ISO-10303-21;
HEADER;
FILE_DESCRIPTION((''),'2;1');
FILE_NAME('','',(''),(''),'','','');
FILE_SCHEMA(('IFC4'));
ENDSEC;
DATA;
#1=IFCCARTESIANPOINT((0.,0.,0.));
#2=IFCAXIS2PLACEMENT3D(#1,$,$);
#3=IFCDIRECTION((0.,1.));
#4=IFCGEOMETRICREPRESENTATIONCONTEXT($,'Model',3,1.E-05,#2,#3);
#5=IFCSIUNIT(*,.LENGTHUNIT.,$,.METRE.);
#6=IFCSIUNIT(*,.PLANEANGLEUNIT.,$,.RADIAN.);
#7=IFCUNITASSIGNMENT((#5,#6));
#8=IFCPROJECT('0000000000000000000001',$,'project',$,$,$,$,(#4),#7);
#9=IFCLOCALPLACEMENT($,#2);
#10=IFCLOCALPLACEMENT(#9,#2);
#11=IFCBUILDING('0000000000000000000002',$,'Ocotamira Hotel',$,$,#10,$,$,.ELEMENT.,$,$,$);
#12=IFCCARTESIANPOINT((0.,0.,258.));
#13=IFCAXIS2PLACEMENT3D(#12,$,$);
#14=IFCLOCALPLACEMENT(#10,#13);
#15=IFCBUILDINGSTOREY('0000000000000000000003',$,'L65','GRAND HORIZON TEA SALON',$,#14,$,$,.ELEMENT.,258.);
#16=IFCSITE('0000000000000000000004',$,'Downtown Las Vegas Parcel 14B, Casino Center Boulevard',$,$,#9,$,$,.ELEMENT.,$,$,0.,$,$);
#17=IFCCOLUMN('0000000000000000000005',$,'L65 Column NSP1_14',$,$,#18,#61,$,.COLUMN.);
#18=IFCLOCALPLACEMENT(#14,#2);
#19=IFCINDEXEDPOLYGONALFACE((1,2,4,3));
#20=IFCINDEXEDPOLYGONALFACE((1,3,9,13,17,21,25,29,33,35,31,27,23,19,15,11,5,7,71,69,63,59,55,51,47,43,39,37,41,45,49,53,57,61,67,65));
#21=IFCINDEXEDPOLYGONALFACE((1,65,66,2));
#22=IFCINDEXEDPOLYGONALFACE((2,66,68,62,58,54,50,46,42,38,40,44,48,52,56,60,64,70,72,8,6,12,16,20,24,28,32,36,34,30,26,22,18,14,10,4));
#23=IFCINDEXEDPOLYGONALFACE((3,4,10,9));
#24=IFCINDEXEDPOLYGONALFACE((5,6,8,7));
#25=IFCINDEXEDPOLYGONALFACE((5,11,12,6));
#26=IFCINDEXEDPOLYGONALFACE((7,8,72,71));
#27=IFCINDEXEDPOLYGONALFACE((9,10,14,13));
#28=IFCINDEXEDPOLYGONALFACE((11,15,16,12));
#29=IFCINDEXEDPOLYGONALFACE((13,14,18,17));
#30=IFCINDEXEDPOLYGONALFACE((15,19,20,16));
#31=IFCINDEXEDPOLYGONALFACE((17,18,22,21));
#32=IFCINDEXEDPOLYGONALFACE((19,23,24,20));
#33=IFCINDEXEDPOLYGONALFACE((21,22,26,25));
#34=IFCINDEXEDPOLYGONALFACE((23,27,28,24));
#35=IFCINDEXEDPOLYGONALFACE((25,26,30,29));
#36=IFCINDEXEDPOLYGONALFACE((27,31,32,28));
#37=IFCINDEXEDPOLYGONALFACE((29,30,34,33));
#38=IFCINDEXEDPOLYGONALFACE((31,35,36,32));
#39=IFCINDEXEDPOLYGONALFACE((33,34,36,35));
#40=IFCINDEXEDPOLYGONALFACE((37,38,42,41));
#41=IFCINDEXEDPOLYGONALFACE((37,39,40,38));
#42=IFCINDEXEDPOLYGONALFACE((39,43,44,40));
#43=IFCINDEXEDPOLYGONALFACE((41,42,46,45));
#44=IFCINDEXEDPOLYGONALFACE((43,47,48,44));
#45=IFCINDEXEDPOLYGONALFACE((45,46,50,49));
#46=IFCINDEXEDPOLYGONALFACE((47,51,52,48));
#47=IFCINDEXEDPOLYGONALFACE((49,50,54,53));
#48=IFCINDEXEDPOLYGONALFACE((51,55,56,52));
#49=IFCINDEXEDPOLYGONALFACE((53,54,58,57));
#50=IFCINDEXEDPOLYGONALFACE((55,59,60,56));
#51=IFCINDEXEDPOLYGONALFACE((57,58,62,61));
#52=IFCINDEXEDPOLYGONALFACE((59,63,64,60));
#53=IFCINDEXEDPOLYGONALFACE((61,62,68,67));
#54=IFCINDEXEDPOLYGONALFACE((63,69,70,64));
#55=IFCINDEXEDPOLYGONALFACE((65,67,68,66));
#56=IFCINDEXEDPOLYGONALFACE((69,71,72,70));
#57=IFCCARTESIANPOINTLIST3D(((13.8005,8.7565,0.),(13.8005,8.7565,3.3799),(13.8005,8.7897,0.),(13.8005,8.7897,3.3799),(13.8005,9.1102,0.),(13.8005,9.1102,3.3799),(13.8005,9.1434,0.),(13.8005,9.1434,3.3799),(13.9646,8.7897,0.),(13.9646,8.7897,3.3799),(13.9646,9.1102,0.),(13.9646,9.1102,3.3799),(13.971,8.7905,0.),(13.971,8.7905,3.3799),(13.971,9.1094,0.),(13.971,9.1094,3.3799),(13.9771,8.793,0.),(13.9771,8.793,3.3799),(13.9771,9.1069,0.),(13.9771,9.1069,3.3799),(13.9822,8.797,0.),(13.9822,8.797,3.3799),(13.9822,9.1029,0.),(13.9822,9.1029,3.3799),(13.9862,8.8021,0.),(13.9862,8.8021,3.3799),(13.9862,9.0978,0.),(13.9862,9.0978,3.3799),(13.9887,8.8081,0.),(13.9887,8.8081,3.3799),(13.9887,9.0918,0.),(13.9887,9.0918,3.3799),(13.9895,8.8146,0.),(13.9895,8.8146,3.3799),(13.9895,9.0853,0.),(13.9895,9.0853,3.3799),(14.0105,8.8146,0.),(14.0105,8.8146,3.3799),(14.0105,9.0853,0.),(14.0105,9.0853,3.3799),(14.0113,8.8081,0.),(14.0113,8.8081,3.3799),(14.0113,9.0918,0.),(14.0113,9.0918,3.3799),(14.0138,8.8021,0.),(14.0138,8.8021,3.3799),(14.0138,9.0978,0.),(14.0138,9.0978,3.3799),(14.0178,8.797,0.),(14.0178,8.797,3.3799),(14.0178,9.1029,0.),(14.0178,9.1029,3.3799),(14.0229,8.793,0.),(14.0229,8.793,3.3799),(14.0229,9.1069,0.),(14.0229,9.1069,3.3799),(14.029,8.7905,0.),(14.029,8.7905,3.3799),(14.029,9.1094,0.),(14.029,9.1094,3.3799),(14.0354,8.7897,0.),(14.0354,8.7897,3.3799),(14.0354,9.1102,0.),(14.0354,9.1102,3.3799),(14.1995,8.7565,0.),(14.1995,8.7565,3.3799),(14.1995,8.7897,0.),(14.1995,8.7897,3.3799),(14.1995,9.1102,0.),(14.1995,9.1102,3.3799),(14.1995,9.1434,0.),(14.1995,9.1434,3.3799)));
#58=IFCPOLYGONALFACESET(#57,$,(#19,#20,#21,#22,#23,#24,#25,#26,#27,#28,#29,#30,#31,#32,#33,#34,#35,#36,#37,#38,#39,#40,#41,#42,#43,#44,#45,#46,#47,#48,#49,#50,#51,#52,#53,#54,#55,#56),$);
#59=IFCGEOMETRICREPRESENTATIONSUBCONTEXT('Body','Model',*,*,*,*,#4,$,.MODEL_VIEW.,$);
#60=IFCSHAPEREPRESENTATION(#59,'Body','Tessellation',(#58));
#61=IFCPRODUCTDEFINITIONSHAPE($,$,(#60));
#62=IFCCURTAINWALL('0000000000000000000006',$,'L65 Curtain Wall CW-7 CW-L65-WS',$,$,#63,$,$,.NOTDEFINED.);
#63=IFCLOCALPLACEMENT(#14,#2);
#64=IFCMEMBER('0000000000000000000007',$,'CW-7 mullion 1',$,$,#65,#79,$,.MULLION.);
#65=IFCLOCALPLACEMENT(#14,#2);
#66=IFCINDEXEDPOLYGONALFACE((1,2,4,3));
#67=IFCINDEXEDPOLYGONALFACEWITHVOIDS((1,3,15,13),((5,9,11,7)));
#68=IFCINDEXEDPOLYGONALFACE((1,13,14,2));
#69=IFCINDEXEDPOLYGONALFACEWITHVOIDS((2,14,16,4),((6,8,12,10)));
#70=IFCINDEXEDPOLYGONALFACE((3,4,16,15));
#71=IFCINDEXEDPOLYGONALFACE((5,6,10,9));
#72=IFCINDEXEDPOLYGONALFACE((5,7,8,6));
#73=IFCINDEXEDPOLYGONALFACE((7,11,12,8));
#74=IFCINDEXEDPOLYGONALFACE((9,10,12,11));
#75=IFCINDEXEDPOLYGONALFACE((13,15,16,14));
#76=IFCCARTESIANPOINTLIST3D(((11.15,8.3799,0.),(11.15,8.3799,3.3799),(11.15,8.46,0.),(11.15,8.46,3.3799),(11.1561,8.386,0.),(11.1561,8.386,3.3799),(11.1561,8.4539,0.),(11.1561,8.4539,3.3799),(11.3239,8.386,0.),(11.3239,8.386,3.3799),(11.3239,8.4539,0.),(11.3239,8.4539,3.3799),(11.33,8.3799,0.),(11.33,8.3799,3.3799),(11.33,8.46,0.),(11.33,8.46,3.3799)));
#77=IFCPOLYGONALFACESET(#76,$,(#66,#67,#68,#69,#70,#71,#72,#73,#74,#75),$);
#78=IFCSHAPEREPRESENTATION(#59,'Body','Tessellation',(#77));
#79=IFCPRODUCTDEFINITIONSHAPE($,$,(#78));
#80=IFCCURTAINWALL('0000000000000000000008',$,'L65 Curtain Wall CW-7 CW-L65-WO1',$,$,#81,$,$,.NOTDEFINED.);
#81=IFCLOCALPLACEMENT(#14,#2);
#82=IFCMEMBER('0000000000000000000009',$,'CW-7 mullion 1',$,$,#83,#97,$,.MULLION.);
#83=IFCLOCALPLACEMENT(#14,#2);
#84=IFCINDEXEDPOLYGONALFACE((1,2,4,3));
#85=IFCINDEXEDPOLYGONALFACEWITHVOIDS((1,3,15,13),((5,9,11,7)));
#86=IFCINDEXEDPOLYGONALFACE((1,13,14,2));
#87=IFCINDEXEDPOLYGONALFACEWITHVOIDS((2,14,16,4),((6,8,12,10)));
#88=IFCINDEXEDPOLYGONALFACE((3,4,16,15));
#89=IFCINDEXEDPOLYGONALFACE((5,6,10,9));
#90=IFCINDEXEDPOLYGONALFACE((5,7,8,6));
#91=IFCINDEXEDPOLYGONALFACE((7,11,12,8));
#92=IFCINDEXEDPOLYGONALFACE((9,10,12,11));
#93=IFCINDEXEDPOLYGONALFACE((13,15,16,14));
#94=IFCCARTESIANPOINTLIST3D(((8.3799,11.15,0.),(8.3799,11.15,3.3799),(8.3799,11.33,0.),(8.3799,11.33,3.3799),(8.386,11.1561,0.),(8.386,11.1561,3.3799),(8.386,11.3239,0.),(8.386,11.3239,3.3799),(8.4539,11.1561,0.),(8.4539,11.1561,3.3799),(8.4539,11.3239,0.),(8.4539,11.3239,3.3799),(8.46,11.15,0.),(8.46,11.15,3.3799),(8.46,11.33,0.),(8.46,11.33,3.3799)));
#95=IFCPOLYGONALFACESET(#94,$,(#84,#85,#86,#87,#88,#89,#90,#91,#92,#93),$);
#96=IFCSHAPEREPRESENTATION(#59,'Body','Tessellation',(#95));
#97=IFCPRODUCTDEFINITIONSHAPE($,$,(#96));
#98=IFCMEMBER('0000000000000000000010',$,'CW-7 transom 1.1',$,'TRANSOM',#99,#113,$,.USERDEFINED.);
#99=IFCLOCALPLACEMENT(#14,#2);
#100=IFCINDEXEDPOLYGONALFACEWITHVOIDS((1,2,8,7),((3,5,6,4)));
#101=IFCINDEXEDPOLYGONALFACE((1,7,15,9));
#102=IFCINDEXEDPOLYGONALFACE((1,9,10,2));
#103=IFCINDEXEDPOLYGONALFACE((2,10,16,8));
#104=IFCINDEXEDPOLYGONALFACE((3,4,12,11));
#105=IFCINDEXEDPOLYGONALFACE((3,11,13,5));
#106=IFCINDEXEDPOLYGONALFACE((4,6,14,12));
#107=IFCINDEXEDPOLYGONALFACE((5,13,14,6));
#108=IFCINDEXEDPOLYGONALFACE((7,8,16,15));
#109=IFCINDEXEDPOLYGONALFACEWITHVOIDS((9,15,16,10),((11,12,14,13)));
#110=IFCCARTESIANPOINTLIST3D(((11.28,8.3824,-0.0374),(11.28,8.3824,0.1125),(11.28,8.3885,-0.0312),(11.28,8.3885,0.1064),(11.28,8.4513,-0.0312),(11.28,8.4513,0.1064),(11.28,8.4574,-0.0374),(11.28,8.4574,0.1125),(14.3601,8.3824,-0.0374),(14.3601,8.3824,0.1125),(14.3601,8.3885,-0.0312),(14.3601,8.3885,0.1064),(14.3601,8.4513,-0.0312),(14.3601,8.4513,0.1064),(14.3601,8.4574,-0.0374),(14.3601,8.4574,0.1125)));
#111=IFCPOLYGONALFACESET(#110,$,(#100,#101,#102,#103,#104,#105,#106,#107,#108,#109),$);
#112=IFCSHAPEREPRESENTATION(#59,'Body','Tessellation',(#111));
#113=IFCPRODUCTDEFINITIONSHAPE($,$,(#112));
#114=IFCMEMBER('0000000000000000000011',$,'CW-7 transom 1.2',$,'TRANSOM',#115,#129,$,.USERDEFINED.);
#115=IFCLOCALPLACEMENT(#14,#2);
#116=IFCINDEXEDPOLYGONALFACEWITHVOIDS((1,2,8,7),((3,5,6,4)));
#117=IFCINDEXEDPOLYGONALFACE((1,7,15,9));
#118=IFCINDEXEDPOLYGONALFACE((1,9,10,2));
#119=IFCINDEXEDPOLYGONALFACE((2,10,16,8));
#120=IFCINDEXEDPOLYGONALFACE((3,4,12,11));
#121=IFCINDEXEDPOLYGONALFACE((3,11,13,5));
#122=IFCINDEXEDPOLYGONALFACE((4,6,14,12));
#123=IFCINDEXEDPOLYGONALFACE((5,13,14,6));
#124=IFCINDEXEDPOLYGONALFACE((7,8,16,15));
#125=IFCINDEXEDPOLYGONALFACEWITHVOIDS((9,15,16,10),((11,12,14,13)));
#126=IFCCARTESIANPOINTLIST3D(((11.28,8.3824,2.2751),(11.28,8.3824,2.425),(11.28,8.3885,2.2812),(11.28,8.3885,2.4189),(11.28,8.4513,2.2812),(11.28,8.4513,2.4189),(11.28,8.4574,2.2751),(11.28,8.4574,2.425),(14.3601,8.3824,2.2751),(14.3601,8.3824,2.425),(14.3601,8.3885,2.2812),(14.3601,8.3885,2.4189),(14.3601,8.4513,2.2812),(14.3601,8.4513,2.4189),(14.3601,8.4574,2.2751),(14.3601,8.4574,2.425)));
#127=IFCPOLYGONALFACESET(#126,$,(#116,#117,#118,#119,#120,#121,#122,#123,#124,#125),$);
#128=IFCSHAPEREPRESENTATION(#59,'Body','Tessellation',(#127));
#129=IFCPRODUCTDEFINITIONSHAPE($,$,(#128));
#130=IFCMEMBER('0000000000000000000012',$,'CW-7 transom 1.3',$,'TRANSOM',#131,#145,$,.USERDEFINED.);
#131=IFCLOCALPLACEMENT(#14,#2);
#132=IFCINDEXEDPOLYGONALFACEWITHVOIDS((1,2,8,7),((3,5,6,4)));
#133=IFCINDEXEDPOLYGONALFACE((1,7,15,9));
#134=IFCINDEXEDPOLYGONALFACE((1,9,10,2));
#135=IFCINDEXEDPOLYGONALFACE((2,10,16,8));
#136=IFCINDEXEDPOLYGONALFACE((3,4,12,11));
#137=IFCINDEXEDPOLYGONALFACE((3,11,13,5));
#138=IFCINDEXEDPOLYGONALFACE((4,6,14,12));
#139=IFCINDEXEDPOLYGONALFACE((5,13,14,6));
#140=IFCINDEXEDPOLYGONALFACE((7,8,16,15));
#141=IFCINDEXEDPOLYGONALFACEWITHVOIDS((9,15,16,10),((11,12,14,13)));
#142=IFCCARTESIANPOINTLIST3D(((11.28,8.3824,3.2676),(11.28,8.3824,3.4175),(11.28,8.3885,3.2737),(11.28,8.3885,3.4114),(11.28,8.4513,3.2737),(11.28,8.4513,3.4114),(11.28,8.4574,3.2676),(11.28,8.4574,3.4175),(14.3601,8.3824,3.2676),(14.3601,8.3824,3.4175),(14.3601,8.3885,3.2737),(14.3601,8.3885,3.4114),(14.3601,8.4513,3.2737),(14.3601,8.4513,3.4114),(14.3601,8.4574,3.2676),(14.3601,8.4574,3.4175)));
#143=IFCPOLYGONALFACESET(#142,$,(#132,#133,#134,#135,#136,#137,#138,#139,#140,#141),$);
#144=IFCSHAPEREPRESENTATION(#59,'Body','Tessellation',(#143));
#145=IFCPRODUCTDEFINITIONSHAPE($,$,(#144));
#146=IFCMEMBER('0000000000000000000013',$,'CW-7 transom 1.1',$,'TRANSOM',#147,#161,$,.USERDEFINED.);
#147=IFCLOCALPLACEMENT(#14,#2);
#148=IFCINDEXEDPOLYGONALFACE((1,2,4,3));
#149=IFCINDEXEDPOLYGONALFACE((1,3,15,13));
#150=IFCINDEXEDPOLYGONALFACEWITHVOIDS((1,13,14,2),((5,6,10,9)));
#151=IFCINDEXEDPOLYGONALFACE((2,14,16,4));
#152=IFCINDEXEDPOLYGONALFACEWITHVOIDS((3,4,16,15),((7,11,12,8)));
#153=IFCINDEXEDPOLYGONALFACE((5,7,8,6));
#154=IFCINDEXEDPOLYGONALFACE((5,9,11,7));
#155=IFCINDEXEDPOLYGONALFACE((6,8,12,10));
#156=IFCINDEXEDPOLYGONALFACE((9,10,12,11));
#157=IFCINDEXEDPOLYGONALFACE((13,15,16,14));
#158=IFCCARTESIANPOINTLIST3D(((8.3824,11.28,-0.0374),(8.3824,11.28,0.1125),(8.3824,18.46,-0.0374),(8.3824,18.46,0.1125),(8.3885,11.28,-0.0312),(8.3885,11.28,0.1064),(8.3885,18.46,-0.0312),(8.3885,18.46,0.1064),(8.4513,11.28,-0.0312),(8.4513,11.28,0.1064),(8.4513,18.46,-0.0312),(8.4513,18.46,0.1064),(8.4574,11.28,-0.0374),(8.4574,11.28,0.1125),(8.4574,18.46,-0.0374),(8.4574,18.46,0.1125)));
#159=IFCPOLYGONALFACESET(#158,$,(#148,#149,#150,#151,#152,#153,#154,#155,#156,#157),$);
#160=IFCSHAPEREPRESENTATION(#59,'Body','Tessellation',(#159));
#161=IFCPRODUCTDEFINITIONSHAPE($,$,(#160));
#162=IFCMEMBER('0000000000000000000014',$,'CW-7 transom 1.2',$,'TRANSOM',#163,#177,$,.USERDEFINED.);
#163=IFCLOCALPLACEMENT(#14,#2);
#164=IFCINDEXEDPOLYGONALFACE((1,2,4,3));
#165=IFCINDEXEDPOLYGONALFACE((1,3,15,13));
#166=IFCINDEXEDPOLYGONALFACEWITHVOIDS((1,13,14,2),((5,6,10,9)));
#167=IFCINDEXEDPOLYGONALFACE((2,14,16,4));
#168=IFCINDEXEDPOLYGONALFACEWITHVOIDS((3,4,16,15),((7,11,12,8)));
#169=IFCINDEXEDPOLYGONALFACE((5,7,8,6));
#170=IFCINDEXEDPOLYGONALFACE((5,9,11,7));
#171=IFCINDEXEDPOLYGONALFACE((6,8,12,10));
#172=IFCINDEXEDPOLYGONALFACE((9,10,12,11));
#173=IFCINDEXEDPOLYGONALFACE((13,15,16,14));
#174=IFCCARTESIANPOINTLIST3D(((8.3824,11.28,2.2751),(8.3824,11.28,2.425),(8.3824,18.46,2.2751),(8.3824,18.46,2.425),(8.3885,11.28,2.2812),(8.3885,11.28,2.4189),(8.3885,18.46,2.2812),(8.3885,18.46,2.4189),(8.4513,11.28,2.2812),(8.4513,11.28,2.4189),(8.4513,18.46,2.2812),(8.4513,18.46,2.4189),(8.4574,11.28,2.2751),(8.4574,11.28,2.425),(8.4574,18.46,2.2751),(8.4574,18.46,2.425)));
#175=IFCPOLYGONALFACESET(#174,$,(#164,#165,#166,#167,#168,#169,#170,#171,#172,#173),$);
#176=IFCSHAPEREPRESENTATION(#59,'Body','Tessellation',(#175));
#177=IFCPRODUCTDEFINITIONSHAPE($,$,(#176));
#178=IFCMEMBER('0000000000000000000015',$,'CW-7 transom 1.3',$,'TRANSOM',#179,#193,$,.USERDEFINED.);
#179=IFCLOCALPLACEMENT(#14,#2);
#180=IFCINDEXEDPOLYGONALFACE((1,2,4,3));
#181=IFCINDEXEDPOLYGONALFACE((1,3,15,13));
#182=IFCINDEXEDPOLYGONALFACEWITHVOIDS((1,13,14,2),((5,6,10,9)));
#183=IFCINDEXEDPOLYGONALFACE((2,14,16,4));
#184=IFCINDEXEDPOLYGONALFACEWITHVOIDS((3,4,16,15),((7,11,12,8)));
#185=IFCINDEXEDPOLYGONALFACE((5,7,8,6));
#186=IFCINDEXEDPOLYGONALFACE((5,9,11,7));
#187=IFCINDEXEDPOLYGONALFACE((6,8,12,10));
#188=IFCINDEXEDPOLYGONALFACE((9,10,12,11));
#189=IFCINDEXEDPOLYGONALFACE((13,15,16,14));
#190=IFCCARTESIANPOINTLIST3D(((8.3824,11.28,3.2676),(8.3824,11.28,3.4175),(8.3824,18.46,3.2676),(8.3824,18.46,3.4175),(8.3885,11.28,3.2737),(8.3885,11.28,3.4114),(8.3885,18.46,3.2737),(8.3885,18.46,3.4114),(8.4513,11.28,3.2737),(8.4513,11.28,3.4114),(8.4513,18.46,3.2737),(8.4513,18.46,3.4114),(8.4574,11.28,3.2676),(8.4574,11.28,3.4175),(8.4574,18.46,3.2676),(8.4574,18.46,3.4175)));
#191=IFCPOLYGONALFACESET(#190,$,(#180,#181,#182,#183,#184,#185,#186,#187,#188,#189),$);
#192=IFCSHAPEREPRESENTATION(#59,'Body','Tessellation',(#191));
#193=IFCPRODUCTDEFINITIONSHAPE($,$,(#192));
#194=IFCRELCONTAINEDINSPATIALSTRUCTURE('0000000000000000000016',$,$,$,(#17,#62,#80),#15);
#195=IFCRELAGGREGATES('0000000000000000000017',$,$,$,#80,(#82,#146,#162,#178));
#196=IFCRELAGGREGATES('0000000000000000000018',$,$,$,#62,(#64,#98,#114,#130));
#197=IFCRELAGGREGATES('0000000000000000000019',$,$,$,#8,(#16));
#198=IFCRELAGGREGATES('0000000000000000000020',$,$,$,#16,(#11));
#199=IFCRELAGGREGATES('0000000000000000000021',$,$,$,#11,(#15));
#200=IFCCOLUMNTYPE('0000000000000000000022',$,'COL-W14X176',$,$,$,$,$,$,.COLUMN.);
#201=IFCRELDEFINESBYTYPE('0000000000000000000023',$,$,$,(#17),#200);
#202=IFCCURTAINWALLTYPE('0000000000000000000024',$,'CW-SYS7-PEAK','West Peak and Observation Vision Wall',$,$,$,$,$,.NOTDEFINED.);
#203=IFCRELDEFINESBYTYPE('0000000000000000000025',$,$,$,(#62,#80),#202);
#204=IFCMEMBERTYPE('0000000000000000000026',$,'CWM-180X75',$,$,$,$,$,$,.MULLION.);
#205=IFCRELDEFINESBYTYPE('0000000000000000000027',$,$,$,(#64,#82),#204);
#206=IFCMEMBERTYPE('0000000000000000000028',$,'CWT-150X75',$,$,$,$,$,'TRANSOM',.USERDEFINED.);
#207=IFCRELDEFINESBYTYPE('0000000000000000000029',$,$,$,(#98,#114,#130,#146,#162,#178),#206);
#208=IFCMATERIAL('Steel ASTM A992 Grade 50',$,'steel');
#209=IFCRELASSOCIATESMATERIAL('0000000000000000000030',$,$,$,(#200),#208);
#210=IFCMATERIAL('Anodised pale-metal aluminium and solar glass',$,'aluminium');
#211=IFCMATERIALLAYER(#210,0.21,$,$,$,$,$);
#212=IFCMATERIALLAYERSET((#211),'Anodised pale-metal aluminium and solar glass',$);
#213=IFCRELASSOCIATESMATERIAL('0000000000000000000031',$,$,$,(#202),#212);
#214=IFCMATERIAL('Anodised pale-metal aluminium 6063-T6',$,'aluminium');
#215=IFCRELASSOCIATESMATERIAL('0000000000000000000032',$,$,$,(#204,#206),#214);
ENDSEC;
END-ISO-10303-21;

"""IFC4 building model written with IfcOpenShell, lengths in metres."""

from ifc_helpers import new_model, si_unit, direction, frame, origin, origin_2d, place, context, subcontext, project, spatial, hollow_rectangle, i_section, extrude, source, transform, mapped, material, layer, layer_set, material_profile, profile_set, type_object, element, aggregate, save


model = new_model("IFC4")

# Units and contexts
model_context = context("Model", 3, precision=1e-05, world=origin(), true_north=direction((0.0, 1.0)))
body_context = subcontext(model_context, "Body", "Model", "MODEL_VIEW")
ifc_project = project(units=[si_unit("LENGTHUNIT", "METRE"), si_unit("PLANEANGLEUNIT", "RADIAN")], contexts=[model_context])

# Site, building, storey
site_placement = place(None, origin())
site = spatial("IfcSite", under=ifc_project, at=site_placement, Name="Downtown Las Vegas Parcel 14B, Casino Center Boulevard", CompositionType="ELEMENT", RefElevation=0.0)
building_placement = place(site_placement, origin())
building = spatial("IfcBuilding", under=site, at=building_placement, Name="Ocotamira Hotel", CompositionType="ELEMENT")
storey_placement = place(building_placement, frame((0.0, 0.0, 258.0)))
storey = spatial("IfcBuildingStorey", under=building, at=storey_placement, Name="L65", Description="GRAND HORIZON TEA SALON", CompositionType="ELEMENT", Elevation=258.0)

# Column
ifc_material_1 = material(Name="Steel ASTM A992 Grade 50", Category="steel")
ifc_material_profile_1 = material_profile(ifc_material_1, i_section(OverallWidth=0.3989, OverallDepth=0.387, WebThickness=0.021, FlangeThickness=0.0332, FilletRadius=0.0249, at=origin_2d()), Name="W14X176")
ifc_profile_set_1 = profile_set([ifc_material_profile_1], Name="Steel ASTM A992 Grade 50")
column_type = type_object("IfcColumnType", Name="COL-W14X176", PredefinedType="COLUMN", material=ifc_profile_set_1)
shared_shape_1 = source(origin(), body_context, "Body", "SweptSolid", [
    extrude(i_section(OverallWidth=0.3989, OverallDepth=0.387, WebThickness=0.021, FlangeThickness=0.0332, FilletRadius=0.0249, at=origin_2d()), origin(), (0.0, 0.0, 1.0), 3.3799),
])
column_placement = place(storey_placement, frame((14.0, 8.95, 0.0), z_axis=(0.0, 0.0, 1.0), x_axis=(1.0, 0.0, 0.0)))
element("IfcColumn", 1, at=column_placement, inside=storey, type_object=column_type, Name="L65 Column NSP1_14", PredefinedType="COLUMN", context=body_context, shape_type="MappedRepresentation", body=[
    mapped(shared_shape_1, transform((0.0, 0.0, 0.0), scale=1.0)),
])

# Curtain walls, members
ifc_material_2 = material(Name="Anodised pale-metal aluminium and solar glass", Category="aluminium")
ifc_layer_1 = layer(ifc_material_2, 0.21)
ifc_layer_set_1 = layer_set([ifc_layer_1], Name="Anodised pale-metal aluminium and solar glass")
curtain_wall_type = type_object("IfcCurtainWallType", Name="CW-SYS7-PEAK", Description="West Peak and Observation Vision Wall", PredefinedType="NOTDEFINED", material=ifc_layer_set_1)
curtain_wall_1_placement = place(storey_placement, origin())
curtain_wall_1 = element("IfcCurtainWall", 2, at=curtain_wall_1_placement, inside=storey, type_object=curtain_wall_type, Name="L65 Curtain Wall CW-7 CW-L65-WS", PredefinedType="NOTDEFINED")
ifc_material_3 = material(Name="Anodised pale-metal aluminium 6063-T6", Category="aluminium")
ifc_material_profile_2 = material_profile(ifc_material_3, hollow_rectangle(XDim=0.0801, YDim=0.1799, WallThickness=0.0061, at=origin_2d()), Name="HSS180X80X6")
ifc_profile_set_2 = profile_set([ifc_material_profile_2], Name="Anodised pale-metal aluminium 6063-T6")
member_type_1 = type_object("IfcMemberType", Name="CWM-180X75", PredefinedType="MULLION", material=ifc_profile_set_2)
shared_shape_2 = source(origin(), body_context, "Body", "SweptSolid", [
    extrude(hollow_rectangle(XDim=0.0801, YDim=0.1799, WallThickness=0.0061, at=origin_2d()), origin(), (0.0, 0.0, 1.0), 3.3799),
])
member_1_placement = place(storey_placement, frame((11.24, 8.4199, 0.0), z_axis=(0.0, 0.0, 1.0), x_axis=(0.0, 1.0, 0.0)))
member_1 = element("IfcMember", 3, at=member_1_placement, type_object=member_type_1, Name="CW-7 mullion 1", PredefinedType="MULLION", context=body_context, shape_type="MappedRepresentation", body=[
    mapped(shared_shape_2, transform((0.0, 0.0, 0.0), scale=1.0)),
])
curtain_wall_2_placement = place(storey_placement, origin())
curtain_wall_2 = element("IfcCurtainWall", 4, at=curtain_wall_2_placement, inside=storey, type_object=curtain_wall_type, Name="L65 Curtain Wall CW-7 CW-L65-WO1", PredefinedType="NOTDEFINED")
member_2_placement = place(storey_placement, frame((8.4199, 11.24, 0.0), z_axis=(0.0, 0.0, 1.0), x_axis=(-1.0, 0.0, 0.0)))
member_2 = element("IfcMember", 5, at=member_2_placement, type_object=member_type_1, Name="CW-7 mullion 1", PredefinedType="MULLION", context=body_context, shape_type="MappedRepresentation", body=[
    mapped(shared_shape_2, transform((0.0, 0.0, 0.0), scale=1.0)),
])

# Members
ifc_material_profile_3 = material_profile(ifc_material_3, hollow_rectangle(XDim=0.075, YDim=0.1499, WallThickness=0.0061, at=origin_2d()), Name="HSS150X75X6")
ifc_profile_set_3 = profile_set([ifc_material_profile_3], Name="Anodised pale-metal aluminium 6063-T6")
member_type_2 = type_object("IfcMemberType", Name="CWT-150X75", ElementType="TRANSOM", PredefinedType="USERDEFINED", material=ifc_profile_set_3)
shared_shape_3 = source(origin(), body_context, "Body", "SweptSolid", [
    extrude(hollow_rectangle(XDim=0.075, YDim=0.1499, WallThickness=0.0061, at=origin_2d()), origin(), (0.0, 0.0, 1.0), 3.0801),
])
member_3_placement = place(storey_placement, frame((11.28, 8.4199, 0.0376), z_axis=(1.0, 0.0, 0.0), x_axis=(0.0, 1.0, 0.0)))
member_3 = element("IfcMember", 6, at=member_3_placement, type_object=member_type_2, Name="CW-7 transom 1.1", ObjectType="TRANSOM", PredefinedType="USERDEFINED", context=body_context, shape_type="MappedRepresentation", body=[
    mapped(shared_shape_3, transform((0.0, 0.0, 0.0), scale=1.0)),
])
member_4_placement = place(storey_placement, frame((11.28, 8.4199, 2.3501), z_axis=(1.0, 0.0, 0.0), x_axis=(0.0, 1.0, 0.0)))
member_4 = element("IfcMember", 7, at=member_4_placement, type_object=member_type_2, Name="CW-7 transom 1.2", ObjectType="TRANSOM", PredefinedType="USERDEFINED", context=body_context, shape_type="MappedRepresentation", body=[
    mapped(shared_shape_3, transform((0.0, 0.0, 0.0), scale=1.0)),
])
member_5_placement = place(storey_placement, frame((11.28, 8.4199, 3.3425), z_axis=(1.0, 0.0, 0.0), x_axis=(0.0, 1.0, 0.0)))
member_5 = element("IfcMember", 8, at=member_5_placement, type_object=member_type_2, Name="CW-7 transom 1.3", ObjectType="TRANSOM", PredefinedType="USERDEFINED", context=body_context, shape_type="MappedRepresentation", body=[
    mapped(shared_shape_3, transform((0.0, 0.0, 0.0), scale=1.0)),
])
shared_shape_4 = source(origin(), body_context, "Body", "SweptSolid", [
    extrude(hollow_rectangle(XDim=0.075, YDim=0.1499, WallThickness=0.0061, at=origin_2d()), origin(), (0.0, 0.0, 1.0), 7.1799),
])
member_6_placement = place(storey_placement, frame((8.4199, 11.28, 0.0376), z_axis=(0.0, 1.0, 0.0), x_axis=(-1.0, 0.0, 0.0)))
member_6 = element("IfcMember", 9, at=member_6_placement, type_object=member_type_2, Name="CW-7 transom 1.1", ObjectType="TRANSOM", PredefinedType="USERDEFINED", context=body_context, shape_type="MappedRepresentation", body=[
    mapped(shared_shape_4, transform((0.0, 0.0, 0.0), scale=1.0)),
])
member_7_placement = place(storey_placement, frame((8.4199, 11.28, 2.3501), z_axis=(0.0, 1.0, 0.0), x_axis=(-1.0, 0.0, 0.0)))
member_7 = element("IfcMember", 10, at=member_7_placement, type_object=member_type_2, Name="CW-7 transom 1.2", ObjectType="TRANSOM", PredefinedType="USERDEFINED", context=body_context, shape_type="MappedRepresentation", body=[
    mapped(shared_shape_4, transform((0.0, 0.0, 0.0), scale=1.0)),
])
member_8_placement = place(storey_placement, frame((8.4199, 11.28, 3.3425), z_axis=(0.0, 1.0, 0.0), x_axis=(-1.0, 0.0, 0.0)))
member_8 = element("IfcMember", 11, at=member_8_placement, type_object=member_type_2, Name="CW-7 transom 1.3", ObjectType="TRANSOM", PredefinedType="USERDEFINED", context=body_context, shape_type="MappedRepresentation", body=[
    mapped(shared_shape_4, transform((0.0, 0.0, 0.0), scale=1.0)),
])
aggregate(curtain_wall_2, [member_2, member_6, member_7, member_8])

aggregate(curtain_wall_1, [member_1, member_3, member_4, member_5])

save(model, "model.ifc")
